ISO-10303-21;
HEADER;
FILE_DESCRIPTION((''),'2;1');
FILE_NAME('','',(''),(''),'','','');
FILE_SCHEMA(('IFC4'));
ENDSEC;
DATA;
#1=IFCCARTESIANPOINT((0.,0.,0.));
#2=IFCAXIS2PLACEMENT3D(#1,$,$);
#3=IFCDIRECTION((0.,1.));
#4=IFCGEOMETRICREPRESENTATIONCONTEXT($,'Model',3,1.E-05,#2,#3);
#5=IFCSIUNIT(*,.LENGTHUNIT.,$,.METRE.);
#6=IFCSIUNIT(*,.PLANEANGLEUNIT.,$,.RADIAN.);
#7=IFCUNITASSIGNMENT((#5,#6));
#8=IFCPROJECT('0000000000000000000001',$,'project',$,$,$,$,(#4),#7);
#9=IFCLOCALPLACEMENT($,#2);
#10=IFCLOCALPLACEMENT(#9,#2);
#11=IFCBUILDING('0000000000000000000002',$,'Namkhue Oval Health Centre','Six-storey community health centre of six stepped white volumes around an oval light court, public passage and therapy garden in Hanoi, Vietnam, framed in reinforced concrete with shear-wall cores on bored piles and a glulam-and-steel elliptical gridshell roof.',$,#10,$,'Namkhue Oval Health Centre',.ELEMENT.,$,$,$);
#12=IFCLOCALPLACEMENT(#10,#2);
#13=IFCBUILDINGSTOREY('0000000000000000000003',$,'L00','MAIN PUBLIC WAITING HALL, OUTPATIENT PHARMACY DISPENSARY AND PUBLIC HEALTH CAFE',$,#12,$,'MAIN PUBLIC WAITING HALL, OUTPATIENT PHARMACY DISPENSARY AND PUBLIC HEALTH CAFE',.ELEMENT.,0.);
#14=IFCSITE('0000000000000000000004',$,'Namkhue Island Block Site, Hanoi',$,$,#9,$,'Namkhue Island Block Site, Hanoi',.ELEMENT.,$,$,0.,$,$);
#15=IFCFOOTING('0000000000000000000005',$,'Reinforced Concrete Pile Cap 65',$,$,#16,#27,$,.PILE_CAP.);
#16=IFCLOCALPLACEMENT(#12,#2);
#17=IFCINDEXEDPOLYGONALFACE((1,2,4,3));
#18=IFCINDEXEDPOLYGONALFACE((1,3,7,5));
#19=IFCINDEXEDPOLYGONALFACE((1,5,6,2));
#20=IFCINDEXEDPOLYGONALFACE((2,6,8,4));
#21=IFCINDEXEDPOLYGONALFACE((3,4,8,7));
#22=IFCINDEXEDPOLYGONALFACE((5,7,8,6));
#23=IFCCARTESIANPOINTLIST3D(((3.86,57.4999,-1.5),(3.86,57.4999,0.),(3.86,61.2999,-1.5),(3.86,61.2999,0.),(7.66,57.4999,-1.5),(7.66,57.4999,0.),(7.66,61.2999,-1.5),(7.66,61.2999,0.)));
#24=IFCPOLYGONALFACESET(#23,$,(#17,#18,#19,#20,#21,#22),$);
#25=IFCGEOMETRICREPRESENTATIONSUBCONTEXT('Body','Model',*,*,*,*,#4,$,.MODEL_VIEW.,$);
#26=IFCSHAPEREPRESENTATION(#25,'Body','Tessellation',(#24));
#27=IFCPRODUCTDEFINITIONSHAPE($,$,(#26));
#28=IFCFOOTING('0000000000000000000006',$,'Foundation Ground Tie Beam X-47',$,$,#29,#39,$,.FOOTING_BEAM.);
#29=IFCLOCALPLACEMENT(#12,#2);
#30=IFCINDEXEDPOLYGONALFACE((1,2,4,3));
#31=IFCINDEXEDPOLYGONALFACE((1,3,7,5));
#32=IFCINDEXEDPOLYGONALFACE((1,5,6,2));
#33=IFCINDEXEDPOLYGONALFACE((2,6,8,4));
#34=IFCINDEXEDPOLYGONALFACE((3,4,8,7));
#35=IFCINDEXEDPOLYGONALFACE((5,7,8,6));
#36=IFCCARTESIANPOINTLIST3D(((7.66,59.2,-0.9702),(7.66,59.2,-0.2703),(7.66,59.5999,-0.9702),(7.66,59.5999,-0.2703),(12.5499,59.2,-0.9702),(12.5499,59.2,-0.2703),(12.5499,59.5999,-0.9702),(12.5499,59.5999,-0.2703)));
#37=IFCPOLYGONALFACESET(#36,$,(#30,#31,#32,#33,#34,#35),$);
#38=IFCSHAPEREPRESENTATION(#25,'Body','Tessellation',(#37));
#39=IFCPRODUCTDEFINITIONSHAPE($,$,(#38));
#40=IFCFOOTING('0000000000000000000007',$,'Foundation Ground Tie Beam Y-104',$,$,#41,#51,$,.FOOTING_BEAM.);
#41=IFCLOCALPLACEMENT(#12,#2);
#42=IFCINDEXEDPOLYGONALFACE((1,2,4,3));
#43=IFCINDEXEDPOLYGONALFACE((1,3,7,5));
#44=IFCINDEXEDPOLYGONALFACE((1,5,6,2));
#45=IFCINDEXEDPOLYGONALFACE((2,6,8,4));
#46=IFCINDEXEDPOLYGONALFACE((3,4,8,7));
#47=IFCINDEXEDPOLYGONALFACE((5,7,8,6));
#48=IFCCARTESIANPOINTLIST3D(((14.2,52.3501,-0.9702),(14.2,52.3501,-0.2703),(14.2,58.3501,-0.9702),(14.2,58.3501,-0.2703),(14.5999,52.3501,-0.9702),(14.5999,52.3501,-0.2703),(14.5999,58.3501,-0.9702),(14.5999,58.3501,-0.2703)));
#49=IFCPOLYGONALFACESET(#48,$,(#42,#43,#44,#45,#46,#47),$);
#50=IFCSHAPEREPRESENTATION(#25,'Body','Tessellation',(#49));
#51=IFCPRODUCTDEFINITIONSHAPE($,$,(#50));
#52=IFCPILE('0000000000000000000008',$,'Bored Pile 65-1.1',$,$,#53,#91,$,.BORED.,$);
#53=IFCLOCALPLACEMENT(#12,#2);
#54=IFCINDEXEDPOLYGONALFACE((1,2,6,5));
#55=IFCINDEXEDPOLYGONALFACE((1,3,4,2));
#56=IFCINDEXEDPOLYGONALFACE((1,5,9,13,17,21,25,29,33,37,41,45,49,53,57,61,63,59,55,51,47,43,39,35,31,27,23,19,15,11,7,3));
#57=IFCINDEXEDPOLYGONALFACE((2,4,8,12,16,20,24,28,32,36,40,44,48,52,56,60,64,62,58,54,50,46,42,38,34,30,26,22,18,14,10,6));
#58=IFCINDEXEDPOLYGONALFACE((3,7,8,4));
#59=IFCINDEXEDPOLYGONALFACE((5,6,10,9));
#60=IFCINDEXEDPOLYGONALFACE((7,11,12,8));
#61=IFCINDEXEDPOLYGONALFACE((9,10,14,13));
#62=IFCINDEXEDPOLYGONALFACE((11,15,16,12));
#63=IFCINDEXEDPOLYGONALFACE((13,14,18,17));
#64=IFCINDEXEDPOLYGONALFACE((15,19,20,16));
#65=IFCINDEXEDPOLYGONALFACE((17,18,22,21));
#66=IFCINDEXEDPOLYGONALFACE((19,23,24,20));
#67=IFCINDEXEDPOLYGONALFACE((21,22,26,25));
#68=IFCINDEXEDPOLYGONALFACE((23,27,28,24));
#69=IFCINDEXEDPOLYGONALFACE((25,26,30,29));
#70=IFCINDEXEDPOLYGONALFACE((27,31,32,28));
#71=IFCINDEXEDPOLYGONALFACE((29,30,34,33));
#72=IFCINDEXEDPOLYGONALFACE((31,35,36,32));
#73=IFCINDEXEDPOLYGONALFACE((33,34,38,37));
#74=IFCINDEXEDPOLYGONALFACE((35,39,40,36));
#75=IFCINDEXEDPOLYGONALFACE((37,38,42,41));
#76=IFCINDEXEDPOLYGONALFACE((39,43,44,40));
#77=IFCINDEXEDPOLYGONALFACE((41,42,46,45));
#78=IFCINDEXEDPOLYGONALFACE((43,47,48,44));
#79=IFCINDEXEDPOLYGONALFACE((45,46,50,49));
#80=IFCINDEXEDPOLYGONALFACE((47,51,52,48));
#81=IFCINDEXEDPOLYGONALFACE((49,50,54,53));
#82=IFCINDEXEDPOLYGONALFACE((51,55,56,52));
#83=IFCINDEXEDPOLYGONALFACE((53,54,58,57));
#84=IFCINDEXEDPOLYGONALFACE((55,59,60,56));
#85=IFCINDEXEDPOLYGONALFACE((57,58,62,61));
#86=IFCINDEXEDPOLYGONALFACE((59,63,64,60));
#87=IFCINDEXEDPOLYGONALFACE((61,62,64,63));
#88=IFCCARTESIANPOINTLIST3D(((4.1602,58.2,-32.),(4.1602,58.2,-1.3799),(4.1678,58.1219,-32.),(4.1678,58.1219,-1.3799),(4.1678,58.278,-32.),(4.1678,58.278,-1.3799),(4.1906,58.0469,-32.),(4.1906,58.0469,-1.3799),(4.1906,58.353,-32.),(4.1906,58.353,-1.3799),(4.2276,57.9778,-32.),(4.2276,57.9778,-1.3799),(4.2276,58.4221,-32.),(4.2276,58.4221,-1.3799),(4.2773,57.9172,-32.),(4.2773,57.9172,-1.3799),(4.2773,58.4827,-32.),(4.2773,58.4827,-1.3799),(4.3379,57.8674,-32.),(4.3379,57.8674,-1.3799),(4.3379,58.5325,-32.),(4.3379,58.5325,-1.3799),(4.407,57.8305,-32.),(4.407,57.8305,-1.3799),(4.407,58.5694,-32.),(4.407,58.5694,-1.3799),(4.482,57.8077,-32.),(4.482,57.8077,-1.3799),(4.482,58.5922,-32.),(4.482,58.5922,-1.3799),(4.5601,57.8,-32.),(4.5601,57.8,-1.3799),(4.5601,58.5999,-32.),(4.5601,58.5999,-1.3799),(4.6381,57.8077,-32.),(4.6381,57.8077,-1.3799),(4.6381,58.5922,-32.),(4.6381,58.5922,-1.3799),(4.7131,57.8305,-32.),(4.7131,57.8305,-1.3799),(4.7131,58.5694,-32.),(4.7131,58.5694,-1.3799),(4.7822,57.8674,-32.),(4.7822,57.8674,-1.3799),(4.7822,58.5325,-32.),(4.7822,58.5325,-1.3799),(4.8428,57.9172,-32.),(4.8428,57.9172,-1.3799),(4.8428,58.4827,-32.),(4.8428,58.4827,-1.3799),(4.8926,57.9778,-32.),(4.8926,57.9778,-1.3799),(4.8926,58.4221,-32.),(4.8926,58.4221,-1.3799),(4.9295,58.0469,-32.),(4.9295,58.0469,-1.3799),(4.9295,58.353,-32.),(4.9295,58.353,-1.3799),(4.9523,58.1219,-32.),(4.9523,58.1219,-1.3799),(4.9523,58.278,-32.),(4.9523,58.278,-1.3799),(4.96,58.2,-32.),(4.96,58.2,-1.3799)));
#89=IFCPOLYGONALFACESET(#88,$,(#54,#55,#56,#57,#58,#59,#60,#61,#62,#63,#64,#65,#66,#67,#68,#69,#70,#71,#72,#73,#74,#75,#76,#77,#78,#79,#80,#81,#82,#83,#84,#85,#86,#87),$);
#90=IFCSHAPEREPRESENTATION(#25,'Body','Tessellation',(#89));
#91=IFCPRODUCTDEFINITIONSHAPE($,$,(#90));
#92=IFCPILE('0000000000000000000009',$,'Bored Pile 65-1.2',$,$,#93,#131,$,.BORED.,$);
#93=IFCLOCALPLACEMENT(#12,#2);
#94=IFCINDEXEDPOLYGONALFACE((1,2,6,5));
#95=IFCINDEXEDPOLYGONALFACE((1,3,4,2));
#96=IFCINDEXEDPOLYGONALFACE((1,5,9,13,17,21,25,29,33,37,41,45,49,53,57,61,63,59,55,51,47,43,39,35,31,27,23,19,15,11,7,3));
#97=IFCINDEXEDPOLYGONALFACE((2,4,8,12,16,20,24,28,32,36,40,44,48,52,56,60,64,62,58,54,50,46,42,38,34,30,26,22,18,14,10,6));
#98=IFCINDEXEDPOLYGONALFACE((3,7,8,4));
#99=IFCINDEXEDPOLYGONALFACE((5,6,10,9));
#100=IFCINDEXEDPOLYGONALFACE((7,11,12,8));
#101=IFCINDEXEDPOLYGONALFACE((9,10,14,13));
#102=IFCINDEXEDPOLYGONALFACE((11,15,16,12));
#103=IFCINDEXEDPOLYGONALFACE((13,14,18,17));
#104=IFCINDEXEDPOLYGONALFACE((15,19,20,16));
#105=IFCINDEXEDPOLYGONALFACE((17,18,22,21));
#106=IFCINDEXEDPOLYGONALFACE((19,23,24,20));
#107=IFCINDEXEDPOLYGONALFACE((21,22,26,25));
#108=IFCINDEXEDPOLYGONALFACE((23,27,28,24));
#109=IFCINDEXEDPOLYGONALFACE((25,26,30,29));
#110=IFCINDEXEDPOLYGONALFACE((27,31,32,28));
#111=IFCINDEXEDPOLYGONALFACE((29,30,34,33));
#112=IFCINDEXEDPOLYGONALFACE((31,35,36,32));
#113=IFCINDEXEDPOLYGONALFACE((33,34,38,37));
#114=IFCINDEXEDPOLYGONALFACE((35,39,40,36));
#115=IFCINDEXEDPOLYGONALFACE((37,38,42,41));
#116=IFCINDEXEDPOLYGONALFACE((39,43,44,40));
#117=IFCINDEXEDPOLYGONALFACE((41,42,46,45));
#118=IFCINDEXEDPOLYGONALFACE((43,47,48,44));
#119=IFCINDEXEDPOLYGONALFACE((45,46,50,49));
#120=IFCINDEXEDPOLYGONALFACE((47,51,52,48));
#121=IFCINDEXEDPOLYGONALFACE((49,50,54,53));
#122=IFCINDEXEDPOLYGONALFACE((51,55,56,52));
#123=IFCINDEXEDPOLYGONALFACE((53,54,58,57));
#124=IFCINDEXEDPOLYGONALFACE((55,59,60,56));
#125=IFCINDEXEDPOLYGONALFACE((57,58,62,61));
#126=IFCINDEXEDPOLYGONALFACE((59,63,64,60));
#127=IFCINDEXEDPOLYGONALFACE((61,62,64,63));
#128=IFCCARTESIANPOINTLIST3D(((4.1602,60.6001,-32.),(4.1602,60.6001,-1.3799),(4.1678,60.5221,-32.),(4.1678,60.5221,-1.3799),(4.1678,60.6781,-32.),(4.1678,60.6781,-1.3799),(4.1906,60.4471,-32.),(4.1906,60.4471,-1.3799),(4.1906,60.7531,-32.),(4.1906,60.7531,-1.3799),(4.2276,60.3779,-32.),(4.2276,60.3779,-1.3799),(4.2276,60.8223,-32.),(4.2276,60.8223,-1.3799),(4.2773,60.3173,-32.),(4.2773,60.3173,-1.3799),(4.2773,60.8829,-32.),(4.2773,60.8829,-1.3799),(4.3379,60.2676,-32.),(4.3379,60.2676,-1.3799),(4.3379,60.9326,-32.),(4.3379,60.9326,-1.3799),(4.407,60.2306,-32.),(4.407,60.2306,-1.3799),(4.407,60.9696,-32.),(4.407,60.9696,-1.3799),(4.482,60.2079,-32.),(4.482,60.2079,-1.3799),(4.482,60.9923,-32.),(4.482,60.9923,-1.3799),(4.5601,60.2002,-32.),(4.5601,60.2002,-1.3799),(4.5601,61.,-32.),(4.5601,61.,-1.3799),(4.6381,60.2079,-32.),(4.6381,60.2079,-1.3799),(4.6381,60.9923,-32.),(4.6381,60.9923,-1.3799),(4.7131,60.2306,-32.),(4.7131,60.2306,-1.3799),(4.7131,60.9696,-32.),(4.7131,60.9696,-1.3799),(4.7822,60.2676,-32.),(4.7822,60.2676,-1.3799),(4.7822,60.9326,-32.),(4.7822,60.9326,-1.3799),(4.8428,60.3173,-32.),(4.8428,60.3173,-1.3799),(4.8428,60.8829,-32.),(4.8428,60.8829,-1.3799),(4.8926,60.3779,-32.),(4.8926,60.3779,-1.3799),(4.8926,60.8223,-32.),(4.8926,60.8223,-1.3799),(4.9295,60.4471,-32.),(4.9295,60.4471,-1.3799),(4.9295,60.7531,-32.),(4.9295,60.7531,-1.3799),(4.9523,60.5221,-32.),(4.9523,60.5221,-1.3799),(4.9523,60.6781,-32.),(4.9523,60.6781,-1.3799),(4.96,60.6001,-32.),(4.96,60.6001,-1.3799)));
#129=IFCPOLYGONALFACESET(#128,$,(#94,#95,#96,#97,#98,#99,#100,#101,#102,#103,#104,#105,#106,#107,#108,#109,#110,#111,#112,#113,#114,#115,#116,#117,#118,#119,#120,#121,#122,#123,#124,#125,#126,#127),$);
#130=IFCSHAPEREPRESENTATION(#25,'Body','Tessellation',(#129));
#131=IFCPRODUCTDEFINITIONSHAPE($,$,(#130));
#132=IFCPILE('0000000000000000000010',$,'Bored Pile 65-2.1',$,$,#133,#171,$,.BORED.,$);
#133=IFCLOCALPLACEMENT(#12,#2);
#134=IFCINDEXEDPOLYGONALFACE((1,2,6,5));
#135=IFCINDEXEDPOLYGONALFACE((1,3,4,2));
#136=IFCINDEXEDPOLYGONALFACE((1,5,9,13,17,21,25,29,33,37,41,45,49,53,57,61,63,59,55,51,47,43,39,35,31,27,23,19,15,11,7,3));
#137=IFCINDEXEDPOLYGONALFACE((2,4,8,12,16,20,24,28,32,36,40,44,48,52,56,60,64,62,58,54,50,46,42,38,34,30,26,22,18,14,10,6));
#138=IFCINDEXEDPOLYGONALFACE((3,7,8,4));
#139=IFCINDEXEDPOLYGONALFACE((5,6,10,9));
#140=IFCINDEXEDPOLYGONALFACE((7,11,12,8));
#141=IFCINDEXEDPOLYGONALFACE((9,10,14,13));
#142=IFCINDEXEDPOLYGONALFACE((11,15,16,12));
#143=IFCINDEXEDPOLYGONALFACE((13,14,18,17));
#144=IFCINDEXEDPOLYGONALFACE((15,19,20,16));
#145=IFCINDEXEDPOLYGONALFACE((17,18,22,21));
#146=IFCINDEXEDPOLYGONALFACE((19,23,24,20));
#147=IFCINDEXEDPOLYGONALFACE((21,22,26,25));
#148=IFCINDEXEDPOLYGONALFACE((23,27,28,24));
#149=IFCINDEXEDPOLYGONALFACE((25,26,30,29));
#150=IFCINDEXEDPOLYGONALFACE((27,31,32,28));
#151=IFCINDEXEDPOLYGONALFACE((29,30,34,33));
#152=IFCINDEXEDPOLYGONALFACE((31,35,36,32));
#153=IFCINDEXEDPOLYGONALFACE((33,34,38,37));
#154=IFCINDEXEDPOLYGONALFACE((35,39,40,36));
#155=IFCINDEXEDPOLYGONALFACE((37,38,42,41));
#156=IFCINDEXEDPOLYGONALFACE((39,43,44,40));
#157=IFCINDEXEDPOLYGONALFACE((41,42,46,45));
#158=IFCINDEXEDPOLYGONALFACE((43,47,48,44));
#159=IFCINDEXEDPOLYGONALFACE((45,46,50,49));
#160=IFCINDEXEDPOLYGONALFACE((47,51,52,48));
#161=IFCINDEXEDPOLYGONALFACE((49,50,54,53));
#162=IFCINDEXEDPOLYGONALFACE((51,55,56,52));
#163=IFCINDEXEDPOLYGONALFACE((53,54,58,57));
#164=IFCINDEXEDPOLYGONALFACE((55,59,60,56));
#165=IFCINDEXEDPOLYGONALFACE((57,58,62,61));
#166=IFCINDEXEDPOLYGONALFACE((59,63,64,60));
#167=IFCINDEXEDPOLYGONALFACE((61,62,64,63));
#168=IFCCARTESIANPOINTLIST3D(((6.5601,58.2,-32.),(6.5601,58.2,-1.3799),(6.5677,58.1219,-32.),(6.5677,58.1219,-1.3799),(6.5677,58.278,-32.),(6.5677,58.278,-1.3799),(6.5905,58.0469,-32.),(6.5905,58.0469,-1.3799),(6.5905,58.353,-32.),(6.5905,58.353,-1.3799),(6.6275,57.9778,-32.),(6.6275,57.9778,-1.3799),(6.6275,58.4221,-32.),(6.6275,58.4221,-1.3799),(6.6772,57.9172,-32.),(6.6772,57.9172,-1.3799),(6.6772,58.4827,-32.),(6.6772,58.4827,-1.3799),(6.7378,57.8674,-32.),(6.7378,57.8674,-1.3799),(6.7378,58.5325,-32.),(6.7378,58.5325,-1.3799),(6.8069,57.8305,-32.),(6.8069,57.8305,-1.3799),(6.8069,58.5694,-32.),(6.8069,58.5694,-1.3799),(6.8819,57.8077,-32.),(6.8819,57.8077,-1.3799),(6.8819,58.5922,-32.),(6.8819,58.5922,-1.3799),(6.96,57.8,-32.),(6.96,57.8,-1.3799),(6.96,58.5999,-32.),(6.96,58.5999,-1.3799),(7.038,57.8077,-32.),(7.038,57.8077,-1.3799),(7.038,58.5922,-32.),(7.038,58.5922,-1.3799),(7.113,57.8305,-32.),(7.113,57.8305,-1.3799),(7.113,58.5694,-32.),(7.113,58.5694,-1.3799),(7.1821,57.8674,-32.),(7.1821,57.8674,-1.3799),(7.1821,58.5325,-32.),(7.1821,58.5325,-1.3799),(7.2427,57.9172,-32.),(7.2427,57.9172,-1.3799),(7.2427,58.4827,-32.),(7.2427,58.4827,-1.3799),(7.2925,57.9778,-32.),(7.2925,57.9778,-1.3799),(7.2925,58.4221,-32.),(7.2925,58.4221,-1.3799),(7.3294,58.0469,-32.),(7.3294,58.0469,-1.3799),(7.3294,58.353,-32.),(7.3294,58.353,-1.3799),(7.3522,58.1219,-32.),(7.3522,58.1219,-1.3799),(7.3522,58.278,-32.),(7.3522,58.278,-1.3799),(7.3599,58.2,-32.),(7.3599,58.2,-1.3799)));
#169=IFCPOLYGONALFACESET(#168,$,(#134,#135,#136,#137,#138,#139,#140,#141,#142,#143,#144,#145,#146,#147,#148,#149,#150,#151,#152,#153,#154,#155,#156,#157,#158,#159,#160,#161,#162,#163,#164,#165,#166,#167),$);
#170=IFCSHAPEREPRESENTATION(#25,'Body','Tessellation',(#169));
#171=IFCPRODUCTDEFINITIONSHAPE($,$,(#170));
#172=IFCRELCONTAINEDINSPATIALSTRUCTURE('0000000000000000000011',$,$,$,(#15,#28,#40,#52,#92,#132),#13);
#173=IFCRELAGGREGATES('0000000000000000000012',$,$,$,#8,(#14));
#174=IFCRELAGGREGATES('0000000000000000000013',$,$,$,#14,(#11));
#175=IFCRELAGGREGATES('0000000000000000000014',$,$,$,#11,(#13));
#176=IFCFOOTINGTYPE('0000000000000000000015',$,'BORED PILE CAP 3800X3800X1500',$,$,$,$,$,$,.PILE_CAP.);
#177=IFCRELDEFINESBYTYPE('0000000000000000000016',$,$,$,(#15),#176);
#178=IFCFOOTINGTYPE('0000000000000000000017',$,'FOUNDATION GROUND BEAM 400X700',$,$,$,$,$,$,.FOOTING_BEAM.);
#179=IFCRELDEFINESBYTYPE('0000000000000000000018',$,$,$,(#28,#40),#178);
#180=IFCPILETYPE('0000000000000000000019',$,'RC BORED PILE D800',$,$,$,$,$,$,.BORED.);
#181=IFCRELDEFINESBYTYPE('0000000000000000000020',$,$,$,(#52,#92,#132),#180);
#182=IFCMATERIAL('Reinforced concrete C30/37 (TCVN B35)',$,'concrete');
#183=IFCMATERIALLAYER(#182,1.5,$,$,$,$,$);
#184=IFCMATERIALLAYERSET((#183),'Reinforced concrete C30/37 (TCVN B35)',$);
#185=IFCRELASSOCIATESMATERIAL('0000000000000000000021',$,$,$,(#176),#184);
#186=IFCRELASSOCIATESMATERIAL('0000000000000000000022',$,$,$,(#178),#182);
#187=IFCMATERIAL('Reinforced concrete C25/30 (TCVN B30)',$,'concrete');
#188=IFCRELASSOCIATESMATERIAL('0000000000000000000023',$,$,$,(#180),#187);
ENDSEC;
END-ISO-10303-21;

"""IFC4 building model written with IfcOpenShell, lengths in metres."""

from ifc_helpers import new_model, si_unit, direction, frame, origin, origin_2d, place, context, subcontext, project, spatial, rectangle, circle, extrude, material, layer, layer_set, material_profile, profile_set, type_object, element, save


model = new_model("IFC4")

# Units and contexts
model_context = context("Model", 3, precision=1e-05, world=origin(), true_north=direction((0.0, 1.0)))
body_context = subcontext(model_context, "Body", "Model", "MODEL_VIEW")
ifc_project = project(units=[si_unit("LENGTHUNIT", "METRE"), si_unit("PLANEANGLEUNIT", "RADIAN")], contexts=[model_context])

# Site, building, storey
site_placement = place(None, origin())
site = spatial("IfcSite", under=ifc_project, at=site_placement, Name="Namkhue Island Block Site, Hanoi", LongName="Namkhue Island Block Site, Hanoi", CompositionType="ELEMENT", RefElevation=0.0)
building_placement = place(site_placement, origin())
building = spatial("IfcBuilding", under=site, at=building_placement, Name="Namkhue Oval Health Centre", Description="Six-storey community health centre of six stepped white volumes around an oval light court, public passage and therapy garden in Hanoi, Vietnam, framed in reinforced concrete with shear-wall cores on bored piles and a glulam-and-steel elliptical gridshell roof.", LongName="Namkhue Oval Health Centre", CompositionType="ELEMENT")
storey_placement = place(building_placement, origin())
storey = spatial("IfcBuildingStorey", under=building, at=storey_placement, Name="L00", Description="MAIN PUBLIC WAITING HALL, OUTPATIENT PHARMACY DISPENSARY AND PUBLIC HEALTH CAFE", LongName="MAIN PUBLIC WAITING HALL, OUTPATIENT PHARMACY DISPENSARY AND PUBLIC HEALTH CAFE", CompositionType="ELEMENT", Elevation=0.0)

# Footings
ifc_material_1 = material(Name="Reinforced concrete C30/37 (TCVN B35)", Category="concrete")
ifc_layer_1 = layer(ifc_material_1, 1.5)
ifc_layer_set_1 = layer_set([ifc_layer_1], Name="Reinforced concrete C30/37 (TCVN B35)")
footing_type_1 = type_object("IfcFootingType", Name="BORED PILE CAP 3800X3800X1500", PredefinedType="PILE_CAP", material=ifc_layer_set_1)
footing_1_placement = place(storey_placement, frame((5.76, 59.3999, -1.5), z_axis=(0.0, 0.0, 1.0), x_axis=(1.0, 0.0, 0.0)))
element("IfcFooting", 1, at=footing_1_placement, inside=storey, type_object=footing_type_1, Name="Reinforced Concrete Pile Cap 65", PredefinedType="PILE_CAP", context=body_context, shape_type="SweptSolid", body=[
    extrude(rectangle(XDim=3.8, YDim=3.8, at=origin_2d()), origin(), (0.0, 0.0, 1.0), 1.5),
])
footing_type_2 = type_object("IfcFootingType", Name="FOUNDATION GROUND BEAM 400X700", PredefinedType="FOOTING_BEAM", material=ifc_material_1)
footing_2_placement = place(storey_placement, frame((10.105, 59.3999, -0.9702), z_axis=(0.0, 0.0, 1.0), x_axis=(1.0, 0.0, 0.0)))
element("IfcFooting", 2, at=footing_2_placement, inside=storey, type_object=footing_type_2, Name="Foundation Ground Tie Beam X-47", PredefinedType="FOOTING_BEAM", context=body_context, shape_type="SweptSolid", body=[
    extrude(rectangle(XDim=4.8899, YDim=0.3999, at=origin_2d()), origin(), (0.0, 0.0, 1.0), 0.7),
])
footing_3_placement = place(storey_placement, frame((14.3999, 55.3501, -0.9702), z_axis=(0.0, 0.0, 1.0), x_axis=(0.0, 1.0, 0.0)))
element("IfcFooting", 3, at=footing_3_placement, inside=storey, type_object=footing_type_2, Name="Foundation Ground Tie Beam Y-104", PredefinedType="FOOTING_BEAM", context=body_context, shape_type="SweptSolid", body=[
    extrude(rectangle(XDim=6.0, YDim=0.3999, at=origin_2d()), origin(), (0.0, 0.0, 1.0), 0.7),
])

# Piles
ifc_material_2 = material(Name="Reinforced concrete C25/30 (TCVN B30)", Category="concrete")
ifc_material_profile_1 = material_profile(ifc_material_2, circle(Radius=0.3999, at=origin_2d()), Name="BORED PILE D800")
ifc_profile_set_1 = profile_set([ifc_material_profile_1], Name="Reinforced concrete C25/30 (TCVN B30)")
pile_type = type_object("IfcPileType", Name="RC BORED PILE D800", PredefinedType="BORED", material=ifc_profile_set_1)
for number, where, z_axis, x_axis, name in (
    (4, (4.5601, 58.2, -1.3799), (0.0, 0.0, -1.0), (1.0, 0.0, 0.0), "Bored Pile 65-1.1"),
    (5, (4.5601, 60.6001, -1.3799), (0.0, 0.0, -1.0), (1.0, 0.0, 0.0), "Bored Pile 65-1.2"),
    (6, (6.96, 58.2, -1.3799), (0.0, 0.0, -1.0), (1.0, 0.0, 0.0), "Bored Pile 65-2.1"),
):
    element("IfcPile", number, at=place(storey_placement, frame(where, z_axis=z_axis, x_axis=x_axis)), inside=storey, type_object=pile_type, Name=name, PredefinedType="BORED", context=body_context, shape_type="SweptSolid", body=[
        extrude(circle(Radius=0.3999, at=origin_2d()), origin(), (0.0, 0.0, 1.0), 30.6201),
    ])

save(model, "model.ifc")
